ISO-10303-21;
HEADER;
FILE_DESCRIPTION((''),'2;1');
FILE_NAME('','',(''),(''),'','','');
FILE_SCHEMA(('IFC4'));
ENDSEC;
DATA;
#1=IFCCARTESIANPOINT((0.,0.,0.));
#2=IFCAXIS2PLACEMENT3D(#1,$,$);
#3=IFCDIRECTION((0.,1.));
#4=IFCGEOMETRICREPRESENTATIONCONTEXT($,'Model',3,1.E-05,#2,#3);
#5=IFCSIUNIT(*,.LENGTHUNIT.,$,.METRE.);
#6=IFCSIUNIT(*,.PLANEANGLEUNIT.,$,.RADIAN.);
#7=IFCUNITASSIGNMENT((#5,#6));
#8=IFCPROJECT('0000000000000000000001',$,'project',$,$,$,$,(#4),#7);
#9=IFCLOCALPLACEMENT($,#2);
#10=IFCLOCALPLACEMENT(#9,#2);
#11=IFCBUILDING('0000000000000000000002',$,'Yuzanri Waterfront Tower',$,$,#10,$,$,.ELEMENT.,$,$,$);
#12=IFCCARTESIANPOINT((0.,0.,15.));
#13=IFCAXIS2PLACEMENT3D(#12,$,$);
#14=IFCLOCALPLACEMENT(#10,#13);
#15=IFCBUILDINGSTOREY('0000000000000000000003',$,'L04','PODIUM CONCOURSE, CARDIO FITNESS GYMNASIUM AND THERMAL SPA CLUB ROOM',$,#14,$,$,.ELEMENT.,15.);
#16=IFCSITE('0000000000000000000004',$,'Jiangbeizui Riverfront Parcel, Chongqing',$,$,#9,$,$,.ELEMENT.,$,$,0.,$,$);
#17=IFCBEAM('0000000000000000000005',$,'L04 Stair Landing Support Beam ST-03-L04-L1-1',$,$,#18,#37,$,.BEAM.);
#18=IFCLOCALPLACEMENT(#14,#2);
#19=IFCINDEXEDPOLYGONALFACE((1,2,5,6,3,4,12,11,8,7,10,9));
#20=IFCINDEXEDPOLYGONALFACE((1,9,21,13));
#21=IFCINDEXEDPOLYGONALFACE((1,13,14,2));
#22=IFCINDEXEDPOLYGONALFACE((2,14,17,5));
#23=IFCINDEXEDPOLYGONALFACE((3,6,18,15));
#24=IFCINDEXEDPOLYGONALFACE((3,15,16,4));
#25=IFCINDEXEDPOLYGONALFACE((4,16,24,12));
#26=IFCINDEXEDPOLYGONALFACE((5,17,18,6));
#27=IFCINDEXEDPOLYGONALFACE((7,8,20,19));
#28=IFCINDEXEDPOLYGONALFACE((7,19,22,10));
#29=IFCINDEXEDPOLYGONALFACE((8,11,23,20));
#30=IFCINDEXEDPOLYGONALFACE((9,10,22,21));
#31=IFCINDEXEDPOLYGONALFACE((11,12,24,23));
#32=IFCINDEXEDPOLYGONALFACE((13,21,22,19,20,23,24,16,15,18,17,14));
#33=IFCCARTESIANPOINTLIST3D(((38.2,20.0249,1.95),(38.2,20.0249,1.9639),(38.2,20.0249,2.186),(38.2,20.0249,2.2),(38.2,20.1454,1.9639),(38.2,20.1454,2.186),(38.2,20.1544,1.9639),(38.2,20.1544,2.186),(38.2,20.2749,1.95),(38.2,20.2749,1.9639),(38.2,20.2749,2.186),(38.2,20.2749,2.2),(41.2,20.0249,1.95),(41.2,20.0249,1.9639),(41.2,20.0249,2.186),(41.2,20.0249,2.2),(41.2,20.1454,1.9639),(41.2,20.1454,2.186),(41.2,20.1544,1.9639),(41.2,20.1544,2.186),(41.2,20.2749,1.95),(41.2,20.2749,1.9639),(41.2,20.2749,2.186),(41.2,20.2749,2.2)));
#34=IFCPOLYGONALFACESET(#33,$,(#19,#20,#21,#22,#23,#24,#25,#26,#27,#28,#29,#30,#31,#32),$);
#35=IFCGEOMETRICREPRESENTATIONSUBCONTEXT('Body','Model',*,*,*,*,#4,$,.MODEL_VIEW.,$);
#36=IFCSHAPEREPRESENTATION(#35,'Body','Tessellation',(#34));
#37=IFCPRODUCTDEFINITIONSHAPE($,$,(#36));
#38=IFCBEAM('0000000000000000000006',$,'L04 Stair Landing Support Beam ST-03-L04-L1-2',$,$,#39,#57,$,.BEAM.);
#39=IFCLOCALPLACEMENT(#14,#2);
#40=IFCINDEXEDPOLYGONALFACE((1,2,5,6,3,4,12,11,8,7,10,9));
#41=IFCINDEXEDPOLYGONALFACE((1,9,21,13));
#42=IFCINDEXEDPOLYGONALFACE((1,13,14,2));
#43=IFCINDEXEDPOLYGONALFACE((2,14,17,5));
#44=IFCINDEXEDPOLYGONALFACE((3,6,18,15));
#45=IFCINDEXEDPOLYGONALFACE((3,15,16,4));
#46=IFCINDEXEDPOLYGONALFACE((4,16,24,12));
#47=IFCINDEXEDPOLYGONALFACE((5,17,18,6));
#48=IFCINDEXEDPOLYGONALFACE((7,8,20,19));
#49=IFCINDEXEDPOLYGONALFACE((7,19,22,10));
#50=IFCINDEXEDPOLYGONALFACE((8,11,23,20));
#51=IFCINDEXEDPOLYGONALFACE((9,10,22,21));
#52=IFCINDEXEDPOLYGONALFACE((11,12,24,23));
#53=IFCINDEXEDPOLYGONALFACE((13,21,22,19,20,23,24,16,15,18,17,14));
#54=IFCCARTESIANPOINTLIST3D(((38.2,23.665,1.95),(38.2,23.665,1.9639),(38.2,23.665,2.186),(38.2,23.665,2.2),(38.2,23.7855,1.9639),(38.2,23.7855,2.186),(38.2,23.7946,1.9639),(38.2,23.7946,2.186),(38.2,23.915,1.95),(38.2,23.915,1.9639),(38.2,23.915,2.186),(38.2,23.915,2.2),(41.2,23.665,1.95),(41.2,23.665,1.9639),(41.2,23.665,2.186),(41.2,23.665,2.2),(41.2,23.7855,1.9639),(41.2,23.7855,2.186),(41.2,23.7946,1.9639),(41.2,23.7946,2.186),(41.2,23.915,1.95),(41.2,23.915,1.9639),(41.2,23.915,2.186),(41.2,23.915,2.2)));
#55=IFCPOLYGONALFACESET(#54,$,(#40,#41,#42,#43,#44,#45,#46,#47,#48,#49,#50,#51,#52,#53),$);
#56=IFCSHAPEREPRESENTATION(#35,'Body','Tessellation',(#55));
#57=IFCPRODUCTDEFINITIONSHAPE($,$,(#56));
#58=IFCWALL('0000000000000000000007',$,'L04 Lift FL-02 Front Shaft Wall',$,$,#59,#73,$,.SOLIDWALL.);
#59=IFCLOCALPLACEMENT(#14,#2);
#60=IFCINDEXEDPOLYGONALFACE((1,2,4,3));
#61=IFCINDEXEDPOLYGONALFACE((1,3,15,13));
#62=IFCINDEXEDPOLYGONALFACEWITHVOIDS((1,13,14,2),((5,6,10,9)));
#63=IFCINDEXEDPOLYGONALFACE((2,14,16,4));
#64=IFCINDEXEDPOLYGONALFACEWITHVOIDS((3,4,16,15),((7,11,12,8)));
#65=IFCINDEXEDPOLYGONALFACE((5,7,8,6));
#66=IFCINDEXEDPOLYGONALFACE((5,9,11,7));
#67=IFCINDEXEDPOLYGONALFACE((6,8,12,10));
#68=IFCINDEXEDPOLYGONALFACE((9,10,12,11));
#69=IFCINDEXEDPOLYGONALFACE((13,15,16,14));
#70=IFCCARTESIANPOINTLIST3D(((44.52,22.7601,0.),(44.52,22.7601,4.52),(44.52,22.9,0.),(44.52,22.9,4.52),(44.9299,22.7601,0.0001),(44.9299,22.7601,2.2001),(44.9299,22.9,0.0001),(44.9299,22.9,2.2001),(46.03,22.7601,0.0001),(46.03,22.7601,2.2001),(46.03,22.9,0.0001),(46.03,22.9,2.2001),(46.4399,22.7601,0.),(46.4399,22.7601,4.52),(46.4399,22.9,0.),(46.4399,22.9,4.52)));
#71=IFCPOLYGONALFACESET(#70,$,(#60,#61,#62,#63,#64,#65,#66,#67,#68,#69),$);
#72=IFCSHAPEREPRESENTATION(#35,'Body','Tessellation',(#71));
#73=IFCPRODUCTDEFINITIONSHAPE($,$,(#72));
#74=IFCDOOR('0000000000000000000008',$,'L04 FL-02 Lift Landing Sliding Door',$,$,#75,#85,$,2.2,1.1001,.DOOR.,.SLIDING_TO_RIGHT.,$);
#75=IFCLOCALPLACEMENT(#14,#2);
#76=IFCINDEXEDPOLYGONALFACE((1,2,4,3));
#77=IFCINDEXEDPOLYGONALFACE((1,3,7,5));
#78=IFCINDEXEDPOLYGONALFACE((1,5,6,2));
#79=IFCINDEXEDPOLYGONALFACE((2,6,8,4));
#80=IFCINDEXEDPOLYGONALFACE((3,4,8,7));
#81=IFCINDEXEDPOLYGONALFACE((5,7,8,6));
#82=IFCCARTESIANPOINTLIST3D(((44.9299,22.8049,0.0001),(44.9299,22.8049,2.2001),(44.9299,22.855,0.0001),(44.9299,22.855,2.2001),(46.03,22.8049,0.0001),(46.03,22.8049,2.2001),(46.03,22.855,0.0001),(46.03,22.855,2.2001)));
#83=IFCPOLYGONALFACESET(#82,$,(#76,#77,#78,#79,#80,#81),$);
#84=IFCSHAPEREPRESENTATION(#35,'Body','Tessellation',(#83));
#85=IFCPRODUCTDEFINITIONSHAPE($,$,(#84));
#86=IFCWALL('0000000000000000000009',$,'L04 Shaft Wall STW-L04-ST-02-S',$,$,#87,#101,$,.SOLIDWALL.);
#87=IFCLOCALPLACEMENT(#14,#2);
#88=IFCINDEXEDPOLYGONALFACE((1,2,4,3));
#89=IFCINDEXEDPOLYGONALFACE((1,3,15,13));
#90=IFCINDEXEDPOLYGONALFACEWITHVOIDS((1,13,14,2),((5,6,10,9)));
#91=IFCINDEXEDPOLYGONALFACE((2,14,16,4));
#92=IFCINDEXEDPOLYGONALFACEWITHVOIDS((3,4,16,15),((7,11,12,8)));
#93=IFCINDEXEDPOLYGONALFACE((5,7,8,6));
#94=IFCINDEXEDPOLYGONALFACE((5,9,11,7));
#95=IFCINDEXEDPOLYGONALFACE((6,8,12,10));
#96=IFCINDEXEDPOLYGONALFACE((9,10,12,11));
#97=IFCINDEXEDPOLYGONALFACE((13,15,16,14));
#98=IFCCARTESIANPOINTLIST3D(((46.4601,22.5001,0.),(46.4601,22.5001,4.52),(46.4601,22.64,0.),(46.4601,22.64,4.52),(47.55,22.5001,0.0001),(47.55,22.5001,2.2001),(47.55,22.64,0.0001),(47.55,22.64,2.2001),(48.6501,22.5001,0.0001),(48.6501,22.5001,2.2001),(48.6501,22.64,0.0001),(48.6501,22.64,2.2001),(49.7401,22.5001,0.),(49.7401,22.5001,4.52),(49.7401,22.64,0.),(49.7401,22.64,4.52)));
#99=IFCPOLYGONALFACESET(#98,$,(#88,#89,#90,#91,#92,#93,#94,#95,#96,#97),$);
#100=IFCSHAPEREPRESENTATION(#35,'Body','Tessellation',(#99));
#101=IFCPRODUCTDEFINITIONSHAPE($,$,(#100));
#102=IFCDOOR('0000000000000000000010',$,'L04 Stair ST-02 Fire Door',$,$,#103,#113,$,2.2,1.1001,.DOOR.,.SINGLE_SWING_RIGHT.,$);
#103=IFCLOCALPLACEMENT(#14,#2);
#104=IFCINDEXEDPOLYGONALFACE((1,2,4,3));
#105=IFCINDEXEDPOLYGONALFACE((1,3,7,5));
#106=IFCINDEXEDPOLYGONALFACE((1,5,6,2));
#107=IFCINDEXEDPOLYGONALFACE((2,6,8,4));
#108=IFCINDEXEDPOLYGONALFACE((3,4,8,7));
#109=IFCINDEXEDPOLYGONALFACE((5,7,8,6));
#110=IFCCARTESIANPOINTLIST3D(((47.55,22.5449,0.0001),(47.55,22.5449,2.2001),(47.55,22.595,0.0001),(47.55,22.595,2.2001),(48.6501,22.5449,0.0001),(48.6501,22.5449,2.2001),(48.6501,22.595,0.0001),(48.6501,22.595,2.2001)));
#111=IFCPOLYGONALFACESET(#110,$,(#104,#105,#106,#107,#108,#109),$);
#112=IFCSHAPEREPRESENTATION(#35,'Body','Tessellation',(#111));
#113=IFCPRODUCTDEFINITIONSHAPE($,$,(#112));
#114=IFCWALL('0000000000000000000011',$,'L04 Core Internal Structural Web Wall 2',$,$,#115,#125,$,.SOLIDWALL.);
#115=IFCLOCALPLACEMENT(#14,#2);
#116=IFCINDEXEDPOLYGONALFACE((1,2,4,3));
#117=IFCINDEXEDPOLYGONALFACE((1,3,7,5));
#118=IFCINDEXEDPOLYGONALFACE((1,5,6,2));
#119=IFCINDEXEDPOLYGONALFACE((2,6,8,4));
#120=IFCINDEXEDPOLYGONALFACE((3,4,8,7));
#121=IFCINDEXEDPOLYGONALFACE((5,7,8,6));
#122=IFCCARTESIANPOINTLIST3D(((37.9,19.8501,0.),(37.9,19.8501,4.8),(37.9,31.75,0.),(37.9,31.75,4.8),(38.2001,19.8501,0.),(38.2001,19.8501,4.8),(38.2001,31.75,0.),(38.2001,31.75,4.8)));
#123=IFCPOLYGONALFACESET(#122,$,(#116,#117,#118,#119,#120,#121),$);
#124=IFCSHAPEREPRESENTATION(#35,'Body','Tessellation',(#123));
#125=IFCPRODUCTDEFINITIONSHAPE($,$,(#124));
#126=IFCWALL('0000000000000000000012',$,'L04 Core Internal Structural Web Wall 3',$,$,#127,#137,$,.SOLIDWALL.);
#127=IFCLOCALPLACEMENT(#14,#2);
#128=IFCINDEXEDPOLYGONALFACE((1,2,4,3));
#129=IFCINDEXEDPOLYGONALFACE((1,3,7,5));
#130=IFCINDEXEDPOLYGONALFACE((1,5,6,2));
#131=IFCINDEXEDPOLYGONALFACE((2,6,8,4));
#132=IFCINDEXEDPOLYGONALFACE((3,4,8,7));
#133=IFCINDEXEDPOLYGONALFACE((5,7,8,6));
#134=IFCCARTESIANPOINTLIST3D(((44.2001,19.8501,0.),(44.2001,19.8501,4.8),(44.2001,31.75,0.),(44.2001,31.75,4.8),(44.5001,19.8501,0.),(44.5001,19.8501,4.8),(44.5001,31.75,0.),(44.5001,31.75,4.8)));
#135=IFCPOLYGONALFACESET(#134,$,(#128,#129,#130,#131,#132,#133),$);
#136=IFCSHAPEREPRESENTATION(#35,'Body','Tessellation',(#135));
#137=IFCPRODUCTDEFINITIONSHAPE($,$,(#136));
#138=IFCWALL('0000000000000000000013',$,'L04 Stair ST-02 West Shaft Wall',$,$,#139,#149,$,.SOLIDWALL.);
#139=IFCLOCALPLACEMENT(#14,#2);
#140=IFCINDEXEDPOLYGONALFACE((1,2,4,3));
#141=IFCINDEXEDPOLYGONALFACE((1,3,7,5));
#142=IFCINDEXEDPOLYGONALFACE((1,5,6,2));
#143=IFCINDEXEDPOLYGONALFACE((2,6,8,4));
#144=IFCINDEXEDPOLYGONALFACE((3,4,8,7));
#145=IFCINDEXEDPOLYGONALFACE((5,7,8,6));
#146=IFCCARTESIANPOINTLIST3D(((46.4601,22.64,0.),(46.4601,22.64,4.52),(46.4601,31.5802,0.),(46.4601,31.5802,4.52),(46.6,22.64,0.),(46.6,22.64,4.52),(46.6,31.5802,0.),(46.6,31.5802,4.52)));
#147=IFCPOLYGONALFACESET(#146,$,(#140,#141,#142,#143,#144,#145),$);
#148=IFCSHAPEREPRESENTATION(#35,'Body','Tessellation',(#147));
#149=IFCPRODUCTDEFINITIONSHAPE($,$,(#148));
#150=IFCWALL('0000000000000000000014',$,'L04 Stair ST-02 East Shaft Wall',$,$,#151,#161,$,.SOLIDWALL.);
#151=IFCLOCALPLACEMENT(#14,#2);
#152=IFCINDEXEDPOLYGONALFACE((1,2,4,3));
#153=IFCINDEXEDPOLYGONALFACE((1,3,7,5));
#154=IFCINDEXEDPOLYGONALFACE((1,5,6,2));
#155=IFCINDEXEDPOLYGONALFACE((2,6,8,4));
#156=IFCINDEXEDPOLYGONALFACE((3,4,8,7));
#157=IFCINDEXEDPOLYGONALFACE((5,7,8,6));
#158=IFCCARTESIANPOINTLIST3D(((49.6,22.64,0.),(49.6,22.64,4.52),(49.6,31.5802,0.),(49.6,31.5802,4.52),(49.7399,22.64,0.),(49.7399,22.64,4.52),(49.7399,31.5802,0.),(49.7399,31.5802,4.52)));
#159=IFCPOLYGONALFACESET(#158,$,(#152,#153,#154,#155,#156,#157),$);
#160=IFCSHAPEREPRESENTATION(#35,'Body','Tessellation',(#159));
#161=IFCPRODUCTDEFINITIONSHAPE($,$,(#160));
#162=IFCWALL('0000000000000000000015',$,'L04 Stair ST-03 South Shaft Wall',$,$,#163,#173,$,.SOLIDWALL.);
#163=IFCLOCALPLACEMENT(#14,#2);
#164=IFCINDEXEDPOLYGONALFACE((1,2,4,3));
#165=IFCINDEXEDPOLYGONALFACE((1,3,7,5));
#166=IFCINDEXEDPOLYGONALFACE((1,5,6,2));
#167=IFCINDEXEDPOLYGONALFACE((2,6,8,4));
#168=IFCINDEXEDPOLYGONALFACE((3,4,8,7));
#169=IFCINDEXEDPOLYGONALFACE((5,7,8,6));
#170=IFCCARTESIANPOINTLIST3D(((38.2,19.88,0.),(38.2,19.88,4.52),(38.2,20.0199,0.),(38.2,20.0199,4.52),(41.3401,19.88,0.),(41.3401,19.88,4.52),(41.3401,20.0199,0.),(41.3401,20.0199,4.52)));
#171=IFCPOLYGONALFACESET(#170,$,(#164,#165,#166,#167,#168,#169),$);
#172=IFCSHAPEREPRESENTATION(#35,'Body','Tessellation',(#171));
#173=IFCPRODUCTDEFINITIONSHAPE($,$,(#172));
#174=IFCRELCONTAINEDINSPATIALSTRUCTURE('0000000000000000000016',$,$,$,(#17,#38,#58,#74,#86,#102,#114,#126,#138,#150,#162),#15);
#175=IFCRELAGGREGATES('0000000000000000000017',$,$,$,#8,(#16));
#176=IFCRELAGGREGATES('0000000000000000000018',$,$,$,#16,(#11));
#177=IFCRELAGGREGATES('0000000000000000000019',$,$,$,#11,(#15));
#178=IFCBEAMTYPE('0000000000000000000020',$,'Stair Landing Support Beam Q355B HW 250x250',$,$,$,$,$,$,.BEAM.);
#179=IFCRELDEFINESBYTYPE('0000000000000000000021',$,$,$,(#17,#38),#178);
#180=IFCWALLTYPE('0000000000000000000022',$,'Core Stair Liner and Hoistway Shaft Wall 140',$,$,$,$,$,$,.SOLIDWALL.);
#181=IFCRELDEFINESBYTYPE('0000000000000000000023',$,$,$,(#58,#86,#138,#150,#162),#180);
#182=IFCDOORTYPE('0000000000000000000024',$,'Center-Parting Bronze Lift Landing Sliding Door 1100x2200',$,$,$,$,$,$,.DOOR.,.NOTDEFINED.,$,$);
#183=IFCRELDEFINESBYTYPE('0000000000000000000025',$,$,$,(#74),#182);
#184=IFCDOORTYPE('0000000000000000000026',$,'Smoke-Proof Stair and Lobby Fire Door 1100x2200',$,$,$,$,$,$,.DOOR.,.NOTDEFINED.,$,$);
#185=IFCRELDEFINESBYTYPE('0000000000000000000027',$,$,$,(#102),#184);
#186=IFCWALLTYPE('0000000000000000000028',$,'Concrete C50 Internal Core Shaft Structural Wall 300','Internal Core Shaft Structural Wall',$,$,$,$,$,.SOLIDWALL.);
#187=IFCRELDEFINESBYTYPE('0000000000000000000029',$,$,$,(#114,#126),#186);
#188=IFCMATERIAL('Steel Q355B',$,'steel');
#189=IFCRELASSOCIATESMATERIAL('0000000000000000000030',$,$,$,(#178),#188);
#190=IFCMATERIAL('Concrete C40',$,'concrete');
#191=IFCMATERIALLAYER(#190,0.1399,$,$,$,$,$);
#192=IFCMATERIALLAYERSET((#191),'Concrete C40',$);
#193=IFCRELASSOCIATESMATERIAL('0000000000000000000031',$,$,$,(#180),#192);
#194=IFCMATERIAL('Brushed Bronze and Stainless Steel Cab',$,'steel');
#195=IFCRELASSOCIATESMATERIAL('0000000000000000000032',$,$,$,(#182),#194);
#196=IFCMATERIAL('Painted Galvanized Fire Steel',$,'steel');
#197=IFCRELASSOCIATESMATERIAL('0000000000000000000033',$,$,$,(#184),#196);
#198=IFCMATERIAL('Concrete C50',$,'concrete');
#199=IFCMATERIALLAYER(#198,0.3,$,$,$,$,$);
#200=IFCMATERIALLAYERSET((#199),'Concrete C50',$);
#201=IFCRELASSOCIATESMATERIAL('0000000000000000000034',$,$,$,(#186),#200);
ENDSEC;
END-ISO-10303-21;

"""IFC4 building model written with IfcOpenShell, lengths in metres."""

from ifc_helpers import new_model, si_unit, direction, frame, frame_2d, origin, origin_2d, place, context, subcontext, project, spatial, rectangle, i_section, extrude, source, transform, mapped, material, layer, layer_set, material_profile, profile_set, type_object, element, fill, save


model = new_model("IFC4")

# Units and contexts
model_context = context("Model", 3, precision=1e-05, world=origin(), true_north=direction((0.0, 1.0)))
body_context = subcontext(model_context, "Body", "Model", "MODEL_VIEW")
ifc_project = project(units=[si_unit("LENGTHUNIT", "METRE"), si_unit("PLANEANGLEUNIT", "RADIAN")], contexts=[model_context])

# Site, building, storey
site_placement = place(None, origin())
site = spatial("IfcSite", under=ifc_project, at=site_placement, Name="Jiangbeizui Riverfront Parcel, Chongqing", CompositionType="ELEMENT", RefElevation=0.0)
building_placement = place(site_placement, origin())
building = spatial("IfcBuilding", under=site, at=building_placement, Name="Yuzanri Waterfront Tower", CompositionType="ELEMENT")
storey_placement = place(building_placement, frame((0.0, 0.0, 15.0)))
storey = spatial("IfcBuildingStorey", under=building, at=storey_placement, Name="L04", Description="PODIUM CONCOURSE, CARDIO FITNESS GYMNASIUM AND THERMAL SPA CLUB ROOM", CompositionType="ELEMENT", Elevation=15.0)

# Beams
ifc_material_1 = material(Name="Steel Q355B", Category="steel")
ifc_material_profile = material_profile(ifc_material_1, i_section(OverallWidth=0.25, OverallDepth=0.25, WebThickness=0.009, FlangeThickness=0.0139, at=origin_2d()), Name="HW 250x250x9x14")
ifc_profile_set = profile_set([ifc_material_profile], Name="Steel Q355B")
beam_type = type_object("IfcBeamType", Name="Stair Landing Support Beam Q355B HW 250x250", PredefinedType="BEAM", material=ifc_profile_set)
shared_shape_1 = source(origin(), body_context, "Body", "SweptSolid", [
    extrude(i_section(OverallWidth=0.25, OverallDepth=0.25, WebThickness=0.009, FlangeThickness=0.0139, at=origin_2d()), origin(), (0.0, 0.0, 1.0), 3.0),
])
for number, where, z_axis, x_axis, name in (
    (1, (38.2, 20.1499, 2.075), (1.0, 0.0, 0.0), (0.0, 1.0, 0.0), "L04 Stair Landing Support Beam ST-03-L04-L1-1"),
    (2, (38.2, 23.79, 2.075), (1.0, 0.0, 0.0), (0.0, 1.0, 0.0), "L04 Stair Landing Support Beam ST-03-L04-L1-2"),
):
    element("IfcBeam", number, at=place(storey_placement, frame(where, z_axis=z_axis, x_axis=x_axis)), inside=storey, type_object=beam_type, Name=name, PredefinedType="BEAM", context=body_context, shape_type="MappedRepresentation", body=[
        mapped(shared_shape_1, transform((0.0, 0.0, 0.0), scale=1.0)),
    ])

# Walls, openings, doors
ifc_material_2 = material(Name="Concrete C40", Category="concrete")
ifc_layer_1 = layer(ifc_material_2, 0.1399)
ifc_layer_set_1 = layer_set([ifc_layer_1], Name="Concrete C40")
wall_type_1 = type_object("IfcWallType", Name="Core Stair Liner and Hoistway Shaft Wall 140", PredefinedType="SOLIDWALL", material=ifc_layer_set_1)
wall_1_placement = place(storey_placement, frame((44.52, 22.8301, 0.0), z_axis=(0.0, 0.0, 1.0), x_axis=(1.0, 0.0, 0.0)))
wall_1 = element("IfcWall", 3, at=wall_1_placement, inside=storey, type_object=wall_type_1, Name="L04 Lift FL-02 Front Shaft Wall", PredefinedType="SOLIDWALL", context=body_context, shape_type="SweptSolid", body=[
    extrude(rectangle(XDim=1.9199, YDim=0.1399, at=frame_2d((0.96, 0.0))), origin(), (0.0, 0.0, 1.0), 4.52),
])
opening_1_placement = place(wall_1_placement, frame((0.4099, 0.0, 0.0)))
opening_1 = element("IfcOpeningElement", 4, at=opening_1_placement, cuts=wall_1, PredefinedType="OPENING", context=body_context, shape_type="SweptSolid", body=[
    extrude(rectangle(XDim=1.1001, YDim=2.2, at=frame_2d((0.55, 1.1001))), frame((0.0, 0.085, 0.0), z_axis=(0.0, -1.0, 0.0), x_axis=(1.0, 0.0, 0.0)), (0.0, 0.0, 1.0), 0.1697),
])
ifc_material_3 = material(Name="Brushed Bronze and Stainless Steel Cab", Category="steel")
door_type_1 = type_object("IfcDoorType", Name="Center-Parting Bronze Lift Landing Sliding Door 1100x2200", OperationType="NOTDEFINED", PredefinedType="DOOR", material=ifc_material_3)
shared_shape_2 = source(origin(), body_context, "Body", "SweptSolid", [
    extrude(rectangle(XDim=1.1001, YDim=2.2, at=frame_2d((0.55, 1.1001))), frame((0.0, 0.0249, 0.0), z_axis=(0.0, -1.0, 0.0), x_axis=(1.0, 0.0, 0.0)), (0.0, 0.0, 1.0), 0.05),
])
door_1_placement = place(opening_1_placement, origin())
door_1 = element("IfcDoor", 5, at=door_1_placement, inside=storey, type_object=door_type_1, Name="L04 FL-02 Lift Landing Sliding Door", OperationType="SLIDING_TO_RIGHT", OverallHeight=2.2, OverallWidth=1.1001, PredefinedType="DOOR", context=body_context, shape_type="MappedRepresentation", body=[
    mapped(shared_shape_2, transform((0.0, 0.0, 0.0), scale=1.0)),
])
fill(opening_1, door_1)
wall_2_placement = place(storey_placement, frame((46.46, 22.5701, 0.0), z_axis=(0.0, 0.0, 1.0), x_axis=(1.0, 0.0, 0.0)))
wall_2 = element("IfcWall", 6, at=wall_2_placement, inside=storey, type_object=wall_type_1, Name="L04 Shaft Wall STW-L04-ST-02-S", PredefinedType="SOLIDWALL", context=body_context, shape_type="SweptSolid", body=[
    extrude(rectangle(XDim=3.28, YDim=0.1399, at=frame_2d((1.6401, 0.0))), origin(), (0.0, 0.0, 1.0), 4.52),
])
opening_2_placement = place(wall_2_placement, frame((1.0901, 0.0, 0.0)))
opening_2 = element("IfcOpeningElement", 7, at=opening_2_placement, cuts=wall_2, PredefinedType="OPENING", context=body_context, shape_type="SweptSolid", body=[
    extrude(rectangle(XDim=1.1001, YDim=2.2, at=frame_2d((0.55, 1.1001))), frame((0.0, 0.085, 0.0), z_axis=(0.0, -1.0, 0.0), x_axis=(1.0, 0.0, 0.0)), (0.0, 0.0, 1.0), 0.1697),
])
ifc_material_4 = material(Name="Painted Galvanized Fire Steel", Category="steel")
door_type_2 = type_object("IfcDoorType", Name="Smoke-Proof Stair and Lobby Fire Door 1100x2200", OperationType="NOTDEFINED", PredefinedType="DOOR", material=ifc_material_4)
shared_shape_3 = source(origin(), body_context, "Body", "SweptSolid", [
    extrude(rectangle(XDim=1.1001, YDim=2.2, at=frame_2d((0.55, 1.1001))), frame((0.0, 0.0249, 0.0), z_axis=(0.0, -1.0, 0.0), x_axis=(1.0, 0.0, 0.0)), (0.0, 0.0, 1.0), 0.05),
])
door_2_placement = place(opening_2_placement, origin())
door_2 = element("IfcDoor", 8, at=door_2_placement, inside=storey, type_object=door_type_2, Name="L04 Stair ST-02 Fire Door", OperationType="SINGLE_SWING_RIGHT", OverallHeight=2.2, OverallWidth=1.1001, PredefinedType="DOOR", context=body_context, shape_type="MappedRepresentation", body=[
    mapped(shared_shape_3, transform((0.0, 0.0, 0.0), scale=1.0)),
])
fill(opening_2, door_2)

# Walls
ifc_material_5 = material(Name="Concrete C50", Category="concrete")
ifc_layer_2 = layer(ifc_material_5, 0.3)
ifc_layer_set_2 = layer_set([ifc_layer_2], Name="Concrete C50")
wall_type_2 = type_object("IfcWallType", Name="Concrete C50 Internal Core Shaft Structural Wall 300", Description="Internal Core Shaft Structural Wall", PredefinedType="SOLIDWALL", material=ifc_layer_set_2)
shared_shape_4 = source(origin(), body_context, "Body", "SweptSolid", [
    extrude(rectangle(XDim=11.8999, YDim=0.3, at=frame_2d((5.95, 0.0))), origin(), (0.0, 0.0, 1.0), 4.8),
])
for number, where, z_axis, x_axis, name in (
    (9, (38.05, 19.8501, 0.0), (0.0, 0.0, 1.0), (0.0, 1.0, 0.0), "L04 Core Internal Structural Web Wall 2"),
    (10, (44.3501, 19.8501, 0.0), (0.0, 0.0, 1.0), (0.0, 1.0, 0.0), "L04 Core Internal Structural Web Wall 3"),
):
    element("IfcWall", number, at=place(storey_placement, frame(where, z_axis=z_axis, x_axis=x_axis)), inside=storey, type_object=wall_type_2, Name=name, PredefinedType="SOLIDWALL", context=body_context, shape_type="MappedRepresentation", body=[
        mapped(shared_shape_4, transform((0.0, 0.0, 0.0), scale=1.0)),
    ])
shared_shape_5 = source(origin(), body_context, "Body", "SweptSolid", [
    extrude(rectangle(XDim=8.9402, YDim=0.1399, at=frame_2d((4.4702, 0.0))), origin(), (0.0, 0.0, 1.0), 4.52),
])
for number, where, z_axis, x_axis, name in (
    (11, (46.53, 22.6399, 0.0), (0.0, 0.0, 1.0), (0.0, 1.0, 0.0), "L04 Stair ST-02 West Shaft Wall"),
    (12, (49.6699, 22.6399, 0.0), (0.0, 0.0, 1.0), (0.0, 1.0, 0.0), "L04 Stair ST-02 East Shaft Wall"),
):
    element("IfcWall", number, at=place(storey_placement, frame(where, z_axis=z_axis, x_axis=x_axis)), inside=storey, type_object=wall_type_1, Name=name, PredefinedType="SOLIDWALL", context=body_context, shape_type="MappedRepresentation", body=[
        mapped(shared_shape_5, transform((0.0, 0.0, 0.0), scale=1.0)),
    ])
shared_shape_6 = source(origin(), body_context, "Body", "SweptSolid", [
    extrude(rectangle(XDim=3.1401, YDim=0.1399, at=frame_2d((1.5701, 0.0))), origin(), (0.0, 0.0, 1.0), 4.52),
])
wall_3_placement = place(storey_placement, frame((38.2, 19.95, 0.0), z_axis=(0.0, 0.0, 1.0), x_axis=(1.0, 0.0, 0.0)))
element("IfcWall", 13, at=wall_3_placement, inside=storey, type_object=wall_type_1, Name="L04 Stair ST-03 South Shaft Wall", PredefinedType="SOLIDWALL", context=body_context, shape_type="MappedRepresentation", body=[
    mapped(shared_shape_6, transform((0.0, 0.0, 0.0), scale=1.0)),
])

save(model, "model.ifc")
